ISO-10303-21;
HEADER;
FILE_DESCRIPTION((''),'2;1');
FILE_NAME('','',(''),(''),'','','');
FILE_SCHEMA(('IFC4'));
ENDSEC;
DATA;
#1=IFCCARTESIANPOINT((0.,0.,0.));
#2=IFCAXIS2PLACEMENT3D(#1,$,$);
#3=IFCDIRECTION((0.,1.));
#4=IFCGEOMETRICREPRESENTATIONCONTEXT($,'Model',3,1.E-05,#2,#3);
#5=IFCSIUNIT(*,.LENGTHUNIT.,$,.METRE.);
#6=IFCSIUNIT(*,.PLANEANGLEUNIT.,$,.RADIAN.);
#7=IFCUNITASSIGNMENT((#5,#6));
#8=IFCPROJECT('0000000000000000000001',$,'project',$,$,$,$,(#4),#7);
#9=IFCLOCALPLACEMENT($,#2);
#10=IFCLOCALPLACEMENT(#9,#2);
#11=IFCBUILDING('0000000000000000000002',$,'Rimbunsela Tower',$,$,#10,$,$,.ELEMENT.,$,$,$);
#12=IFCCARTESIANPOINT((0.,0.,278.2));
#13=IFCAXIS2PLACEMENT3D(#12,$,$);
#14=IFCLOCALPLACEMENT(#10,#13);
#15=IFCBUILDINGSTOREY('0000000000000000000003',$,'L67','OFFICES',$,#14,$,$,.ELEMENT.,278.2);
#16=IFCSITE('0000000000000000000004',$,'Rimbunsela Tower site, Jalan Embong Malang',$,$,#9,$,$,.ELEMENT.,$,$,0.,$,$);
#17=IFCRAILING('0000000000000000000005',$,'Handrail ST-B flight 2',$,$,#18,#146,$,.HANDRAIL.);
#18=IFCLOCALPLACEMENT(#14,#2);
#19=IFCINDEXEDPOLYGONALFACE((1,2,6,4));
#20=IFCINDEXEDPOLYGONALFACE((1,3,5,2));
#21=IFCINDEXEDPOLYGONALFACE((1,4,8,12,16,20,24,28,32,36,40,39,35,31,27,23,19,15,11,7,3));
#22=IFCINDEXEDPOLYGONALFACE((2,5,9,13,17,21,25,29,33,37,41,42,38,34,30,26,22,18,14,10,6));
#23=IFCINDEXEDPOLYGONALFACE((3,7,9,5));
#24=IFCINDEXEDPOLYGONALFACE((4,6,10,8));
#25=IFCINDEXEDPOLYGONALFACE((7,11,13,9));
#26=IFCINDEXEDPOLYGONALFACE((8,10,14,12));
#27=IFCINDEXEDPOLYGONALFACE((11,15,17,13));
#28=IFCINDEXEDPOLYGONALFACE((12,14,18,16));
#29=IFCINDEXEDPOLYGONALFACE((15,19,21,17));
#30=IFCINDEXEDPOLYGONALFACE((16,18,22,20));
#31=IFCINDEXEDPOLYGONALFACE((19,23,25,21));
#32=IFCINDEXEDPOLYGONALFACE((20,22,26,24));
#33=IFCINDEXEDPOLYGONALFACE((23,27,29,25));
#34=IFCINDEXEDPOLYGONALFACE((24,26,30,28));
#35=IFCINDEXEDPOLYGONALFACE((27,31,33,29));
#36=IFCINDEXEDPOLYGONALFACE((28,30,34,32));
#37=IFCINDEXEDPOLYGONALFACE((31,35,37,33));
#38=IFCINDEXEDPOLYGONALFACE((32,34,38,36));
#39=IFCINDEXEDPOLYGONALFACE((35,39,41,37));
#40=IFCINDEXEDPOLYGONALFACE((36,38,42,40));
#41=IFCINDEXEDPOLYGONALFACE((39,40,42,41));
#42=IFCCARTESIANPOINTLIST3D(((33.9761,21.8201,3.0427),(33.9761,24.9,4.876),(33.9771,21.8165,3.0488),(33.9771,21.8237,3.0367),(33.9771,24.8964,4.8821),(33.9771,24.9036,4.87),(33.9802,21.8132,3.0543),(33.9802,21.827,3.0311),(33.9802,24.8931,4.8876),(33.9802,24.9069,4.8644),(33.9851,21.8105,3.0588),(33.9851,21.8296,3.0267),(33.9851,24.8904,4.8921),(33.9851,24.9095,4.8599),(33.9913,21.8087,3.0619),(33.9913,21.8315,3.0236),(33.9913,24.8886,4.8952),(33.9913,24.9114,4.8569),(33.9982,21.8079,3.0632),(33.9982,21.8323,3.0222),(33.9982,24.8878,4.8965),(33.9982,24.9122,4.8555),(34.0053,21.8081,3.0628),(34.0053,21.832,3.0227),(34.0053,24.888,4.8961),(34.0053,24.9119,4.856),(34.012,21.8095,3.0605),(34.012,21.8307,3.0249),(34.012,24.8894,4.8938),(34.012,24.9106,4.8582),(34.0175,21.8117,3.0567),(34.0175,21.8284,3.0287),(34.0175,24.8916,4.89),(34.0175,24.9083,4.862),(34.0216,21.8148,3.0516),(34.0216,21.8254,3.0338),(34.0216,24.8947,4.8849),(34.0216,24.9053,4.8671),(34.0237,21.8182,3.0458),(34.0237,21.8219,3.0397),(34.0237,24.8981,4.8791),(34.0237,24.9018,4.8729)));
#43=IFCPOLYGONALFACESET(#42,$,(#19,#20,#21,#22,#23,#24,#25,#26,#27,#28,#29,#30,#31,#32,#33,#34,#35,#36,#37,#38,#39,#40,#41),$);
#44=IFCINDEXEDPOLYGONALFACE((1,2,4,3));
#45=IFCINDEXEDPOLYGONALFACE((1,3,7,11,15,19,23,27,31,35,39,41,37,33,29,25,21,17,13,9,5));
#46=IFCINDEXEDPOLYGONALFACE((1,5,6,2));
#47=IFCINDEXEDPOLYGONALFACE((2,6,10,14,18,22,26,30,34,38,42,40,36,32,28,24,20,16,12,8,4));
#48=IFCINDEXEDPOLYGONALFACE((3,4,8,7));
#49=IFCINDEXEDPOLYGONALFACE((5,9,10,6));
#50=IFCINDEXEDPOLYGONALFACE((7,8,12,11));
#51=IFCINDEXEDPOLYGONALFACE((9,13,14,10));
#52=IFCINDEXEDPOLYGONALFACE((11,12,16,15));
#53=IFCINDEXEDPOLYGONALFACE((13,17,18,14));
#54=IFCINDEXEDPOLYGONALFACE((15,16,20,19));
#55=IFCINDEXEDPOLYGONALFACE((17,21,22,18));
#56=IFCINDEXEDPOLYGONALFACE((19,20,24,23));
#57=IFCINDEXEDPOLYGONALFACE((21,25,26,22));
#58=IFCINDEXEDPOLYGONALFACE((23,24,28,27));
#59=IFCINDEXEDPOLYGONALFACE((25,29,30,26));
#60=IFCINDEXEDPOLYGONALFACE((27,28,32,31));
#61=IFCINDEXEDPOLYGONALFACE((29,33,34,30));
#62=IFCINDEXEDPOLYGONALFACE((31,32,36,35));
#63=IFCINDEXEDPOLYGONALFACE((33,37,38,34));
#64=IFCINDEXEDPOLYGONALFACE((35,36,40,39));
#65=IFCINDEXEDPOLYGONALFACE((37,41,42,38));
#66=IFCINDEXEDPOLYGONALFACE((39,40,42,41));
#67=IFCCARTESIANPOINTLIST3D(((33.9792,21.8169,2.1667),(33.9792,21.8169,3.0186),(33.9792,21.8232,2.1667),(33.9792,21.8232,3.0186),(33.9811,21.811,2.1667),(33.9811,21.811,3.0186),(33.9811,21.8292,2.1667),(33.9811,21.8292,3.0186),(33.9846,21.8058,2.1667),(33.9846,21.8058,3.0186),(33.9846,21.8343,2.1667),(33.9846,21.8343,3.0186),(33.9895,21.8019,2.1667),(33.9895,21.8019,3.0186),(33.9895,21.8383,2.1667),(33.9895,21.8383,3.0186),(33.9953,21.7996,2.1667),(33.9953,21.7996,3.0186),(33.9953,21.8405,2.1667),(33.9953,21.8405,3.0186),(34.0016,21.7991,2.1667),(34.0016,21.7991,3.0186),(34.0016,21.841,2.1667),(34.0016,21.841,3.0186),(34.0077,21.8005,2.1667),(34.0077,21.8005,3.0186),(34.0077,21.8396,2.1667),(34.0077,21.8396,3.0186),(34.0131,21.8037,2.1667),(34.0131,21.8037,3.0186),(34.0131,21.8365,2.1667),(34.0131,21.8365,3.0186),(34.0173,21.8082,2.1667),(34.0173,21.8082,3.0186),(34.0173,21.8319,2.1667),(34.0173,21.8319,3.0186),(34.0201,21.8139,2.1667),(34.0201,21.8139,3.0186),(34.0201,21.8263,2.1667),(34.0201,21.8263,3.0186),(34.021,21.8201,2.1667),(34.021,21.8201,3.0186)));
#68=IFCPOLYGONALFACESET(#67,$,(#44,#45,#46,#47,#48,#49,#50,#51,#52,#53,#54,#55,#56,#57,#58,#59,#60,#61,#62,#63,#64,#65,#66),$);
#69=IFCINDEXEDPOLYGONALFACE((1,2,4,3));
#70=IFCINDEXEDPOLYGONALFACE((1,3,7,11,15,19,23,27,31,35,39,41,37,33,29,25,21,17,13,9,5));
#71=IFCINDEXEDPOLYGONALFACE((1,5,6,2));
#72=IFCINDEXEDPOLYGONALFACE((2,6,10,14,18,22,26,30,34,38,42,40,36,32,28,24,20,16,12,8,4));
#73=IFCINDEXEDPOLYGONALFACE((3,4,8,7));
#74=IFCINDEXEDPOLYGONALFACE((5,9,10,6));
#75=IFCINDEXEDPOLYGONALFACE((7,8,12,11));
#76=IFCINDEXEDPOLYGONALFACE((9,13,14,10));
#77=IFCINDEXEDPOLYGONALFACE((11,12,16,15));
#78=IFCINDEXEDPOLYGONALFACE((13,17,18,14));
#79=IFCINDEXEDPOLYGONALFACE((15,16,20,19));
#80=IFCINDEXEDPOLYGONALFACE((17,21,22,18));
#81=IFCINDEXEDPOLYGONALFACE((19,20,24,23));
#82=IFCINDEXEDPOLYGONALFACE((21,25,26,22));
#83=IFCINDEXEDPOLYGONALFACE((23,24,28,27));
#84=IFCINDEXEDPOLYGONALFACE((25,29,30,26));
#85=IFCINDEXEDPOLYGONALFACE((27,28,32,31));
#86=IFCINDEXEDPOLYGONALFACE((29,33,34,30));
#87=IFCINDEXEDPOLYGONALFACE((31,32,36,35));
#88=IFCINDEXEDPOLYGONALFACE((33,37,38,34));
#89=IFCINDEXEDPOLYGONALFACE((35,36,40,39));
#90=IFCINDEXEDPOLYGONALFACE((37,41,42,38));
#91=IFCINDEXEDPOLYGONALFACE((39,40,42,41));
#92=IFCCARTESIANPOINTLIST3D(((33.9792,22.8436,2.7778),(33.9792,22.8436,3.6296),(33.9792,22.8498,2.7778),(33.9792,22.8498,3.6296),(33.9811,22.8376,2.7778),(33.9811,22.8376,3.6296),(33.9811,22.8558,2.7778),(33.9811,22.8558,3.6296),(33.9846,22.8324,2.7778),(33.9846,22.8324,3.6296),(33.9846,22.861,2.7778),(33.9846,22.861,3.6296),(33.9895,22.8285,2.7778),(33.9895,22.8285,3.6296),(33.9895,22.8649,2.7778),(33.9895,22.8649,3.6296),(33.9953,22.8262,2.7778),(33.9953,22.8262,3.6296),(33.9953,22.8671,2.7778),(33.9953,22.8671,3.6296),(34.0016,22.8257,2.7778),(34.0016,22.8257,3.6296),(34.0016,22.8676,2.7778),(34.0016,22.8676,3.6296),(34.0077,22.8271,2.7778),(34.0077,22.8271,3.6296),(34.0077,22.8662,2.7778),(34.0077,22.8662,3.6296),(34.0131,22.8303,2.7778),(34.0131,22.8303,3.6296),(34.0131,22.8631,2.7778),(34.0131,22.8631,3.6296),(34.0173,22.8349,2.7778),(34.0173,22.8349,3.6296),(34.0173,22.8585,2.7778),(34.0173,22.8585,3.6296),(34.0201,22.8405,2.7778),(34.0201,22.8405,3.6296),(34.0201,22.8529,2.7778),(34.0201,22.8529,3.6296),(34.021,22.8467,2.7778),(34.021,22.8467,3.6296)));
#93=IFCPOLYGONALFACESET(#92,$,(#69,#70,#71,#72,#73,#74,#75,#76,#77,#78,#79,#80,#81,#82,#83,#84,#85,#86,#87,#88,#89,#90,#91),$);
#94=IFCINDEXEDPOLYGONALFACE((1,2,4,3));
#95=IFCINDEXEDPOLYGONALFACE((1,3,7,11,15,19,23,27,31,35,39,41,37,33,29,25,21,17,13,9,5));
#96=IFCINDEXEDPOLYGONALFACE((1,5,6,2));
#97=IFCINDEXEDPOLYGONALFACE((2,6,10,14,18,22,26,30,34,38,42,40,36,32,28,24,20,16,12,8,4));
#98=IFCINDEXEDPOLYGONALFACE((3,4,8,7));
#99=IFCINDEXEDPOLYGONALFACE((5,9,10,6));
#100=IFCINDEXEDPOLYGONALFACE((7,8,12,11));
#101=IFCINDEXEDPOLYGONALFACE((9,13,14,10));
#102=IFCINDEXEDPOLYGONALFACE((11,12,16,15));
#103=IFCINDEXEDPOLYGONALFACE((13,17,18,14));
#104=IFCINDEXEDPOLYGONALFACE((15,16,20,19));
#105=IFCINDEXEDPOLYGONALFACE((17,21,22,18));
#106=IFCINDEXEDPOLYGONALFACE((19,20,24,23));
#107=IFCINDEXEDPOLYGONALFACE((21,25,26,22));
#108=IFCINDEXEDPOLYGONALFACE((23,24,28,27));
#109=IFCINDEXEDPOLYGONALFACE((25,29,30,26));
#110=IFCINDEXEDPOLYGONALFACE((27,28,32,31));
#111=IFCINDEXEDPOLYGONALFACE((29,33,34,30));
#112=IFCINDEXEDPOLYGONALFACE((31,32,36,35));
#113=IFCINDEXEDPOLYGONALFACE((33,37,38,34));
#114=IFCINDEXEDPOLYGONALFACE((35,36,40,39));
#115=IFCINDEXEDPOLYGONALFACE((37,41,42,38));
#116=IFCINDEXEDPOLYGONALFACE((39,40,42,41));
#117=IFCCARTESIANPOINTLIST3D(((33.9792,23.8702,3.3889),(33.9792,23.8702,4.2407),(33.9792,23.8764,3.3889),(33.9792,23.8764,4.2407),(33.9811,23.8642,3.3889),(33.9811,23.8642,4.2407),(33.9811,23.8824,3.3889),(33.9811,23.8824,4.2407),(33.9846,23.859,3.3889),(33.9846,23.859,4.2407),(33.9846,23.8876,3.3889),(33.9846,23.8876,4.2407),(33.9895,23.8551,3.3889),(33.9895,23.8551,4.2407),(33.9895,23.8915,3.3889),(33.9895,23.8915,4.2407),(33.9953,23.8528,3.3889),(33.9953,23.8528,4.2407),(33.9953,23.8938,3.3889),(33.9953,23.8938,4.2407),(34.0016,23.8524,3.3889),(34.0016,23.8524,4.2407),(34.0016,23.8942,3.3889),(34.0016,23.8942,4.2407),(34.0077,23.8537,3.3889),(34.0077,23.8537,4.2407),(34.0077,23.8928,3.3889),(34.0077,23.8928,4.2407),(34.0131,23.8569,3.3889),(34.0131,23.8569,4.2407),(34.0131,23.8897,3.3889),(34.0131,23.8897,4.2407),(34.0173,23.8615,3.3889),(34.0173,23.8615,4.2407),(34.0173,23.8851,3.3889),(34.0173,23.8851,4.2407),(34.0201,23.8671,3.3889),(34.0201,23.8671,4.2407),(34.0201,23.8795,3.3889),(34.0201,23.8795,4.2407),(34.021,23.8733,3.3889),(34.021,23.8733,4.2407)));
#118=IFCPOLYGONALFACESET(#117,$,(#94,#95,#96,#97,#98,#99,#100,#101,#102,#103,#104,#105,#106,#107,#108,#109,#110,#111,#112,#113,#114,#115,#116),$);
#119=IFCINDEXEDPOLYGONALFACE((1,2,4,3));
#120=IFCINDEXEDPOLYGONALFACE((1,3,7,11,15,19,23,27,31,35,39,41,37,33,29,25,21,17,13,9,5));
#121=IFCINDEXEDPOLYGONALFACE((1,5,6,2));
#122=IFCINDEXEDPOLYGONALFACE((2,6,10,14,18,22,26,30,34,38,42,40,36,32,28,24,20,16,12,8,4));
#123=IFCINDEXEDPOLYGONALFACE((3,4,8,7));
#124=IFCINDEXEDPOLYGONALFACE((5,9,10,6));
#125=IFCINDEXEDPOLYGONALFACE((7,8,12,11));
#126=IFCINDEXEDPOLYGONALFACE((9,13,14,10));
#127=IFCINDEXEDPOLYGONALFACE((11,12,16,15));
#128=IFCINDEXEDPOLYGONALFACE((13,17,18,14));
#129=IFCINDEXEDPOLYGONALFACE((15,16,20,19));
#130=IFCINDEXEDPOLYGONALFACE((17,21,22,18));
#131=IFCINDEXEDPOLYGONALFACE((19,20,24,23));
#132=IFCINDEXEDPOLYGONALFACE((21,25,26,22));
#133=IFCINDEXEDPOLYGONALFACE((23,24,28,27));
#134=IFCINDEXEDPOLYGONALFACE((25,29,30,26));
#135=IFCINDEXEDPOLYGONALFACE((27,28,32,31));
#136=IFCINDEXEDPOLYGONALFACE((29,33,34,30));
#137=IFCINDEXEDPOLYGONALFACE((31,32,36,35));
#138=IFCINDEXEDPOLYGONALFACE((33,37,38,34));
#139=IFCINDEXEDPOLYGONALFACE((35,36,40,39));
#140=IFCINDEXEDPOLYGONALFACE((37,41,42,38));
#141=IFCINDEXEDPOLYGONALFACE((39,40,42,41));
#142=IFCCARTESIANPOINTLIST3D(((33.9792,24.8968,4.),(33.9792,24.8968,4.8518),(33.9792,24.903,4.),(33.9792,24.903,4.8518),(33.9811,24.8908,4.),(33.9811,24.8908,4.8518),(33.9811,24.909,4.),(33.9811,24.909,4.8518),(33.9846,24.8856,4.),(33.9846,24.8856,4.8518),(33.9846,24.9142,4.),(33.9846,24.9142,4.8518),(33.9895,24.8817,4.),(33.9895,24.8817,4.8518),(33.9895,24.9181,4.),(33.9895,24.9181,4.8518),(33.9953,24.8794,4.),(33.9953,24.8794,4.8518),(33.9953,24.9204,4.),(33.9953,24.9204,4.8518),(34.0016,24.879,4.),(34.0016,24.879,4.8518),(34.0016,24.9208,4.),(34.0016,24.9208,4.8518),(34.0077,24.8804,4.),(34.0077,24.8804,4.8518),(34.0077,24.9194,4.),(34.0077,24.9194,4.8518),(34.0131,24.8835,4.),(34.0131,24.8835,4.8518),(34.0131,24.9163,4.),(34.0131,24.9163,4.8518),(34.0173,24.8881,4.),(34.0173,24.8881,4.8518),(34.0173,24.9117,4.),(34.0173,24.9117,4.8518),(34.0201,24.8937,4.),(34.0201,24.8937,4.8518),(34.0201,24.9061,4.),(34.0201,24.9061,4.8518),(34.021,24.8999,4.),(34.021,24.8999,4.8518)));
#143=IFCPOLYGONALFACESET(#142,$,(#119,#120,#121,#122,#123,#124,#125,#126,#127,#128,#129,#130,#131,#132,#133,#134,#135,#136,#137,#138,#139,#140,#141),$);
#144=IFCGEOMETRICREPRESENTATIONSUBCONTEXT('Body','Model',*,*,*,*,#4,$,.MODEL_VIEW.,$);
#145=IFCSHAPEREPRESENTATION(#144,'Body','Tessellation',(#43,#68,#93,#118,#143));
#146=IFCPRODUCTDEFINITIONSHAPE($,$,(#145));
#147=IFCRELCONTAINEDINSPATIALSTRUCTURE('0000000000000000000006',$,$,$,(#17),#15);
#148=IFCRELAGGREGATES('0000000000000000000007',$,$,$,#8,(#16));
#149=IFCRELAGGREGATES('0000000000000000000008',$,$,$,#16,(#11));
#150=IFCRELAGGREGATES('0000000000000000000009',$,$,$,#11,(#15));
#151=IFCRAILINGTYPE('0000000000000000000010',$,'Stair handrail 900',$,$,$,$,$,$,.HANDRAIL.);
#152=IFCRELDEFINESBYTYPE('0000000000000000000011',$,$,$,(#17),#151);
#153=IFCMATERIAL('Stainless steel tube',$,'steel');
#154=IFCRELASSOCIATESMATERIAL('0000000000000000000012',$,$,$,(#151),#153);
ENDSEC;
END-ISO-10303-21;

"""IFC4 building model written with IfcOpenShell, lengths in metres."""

from ifc_helpers import new_model, si_unit, direction, frame, origin, origin_2d, place, context, subcontext, project, spatial, circle, extrude, material, type_object, element, save


model = new_model("IFC4")

# Units and contexts
model_context = context("Model", 3, precision=1e-05, world=origin(), true_north=direction((0.0, 1.0)))
body_context = subcontext(model_context, "Body", "Model", "MODEL_VIEW")
ifc_project = project(units=[si_unit("LENGTHUNIT", "METRE"), si_unit("PLANEANGLEUNIT", "RADIAN")], contexts=[model_context])

# Site, building, storey
site_placement = place(None, origin())
site = spatial("IfcSite", under=ifc_project, at=site_placement, Name="Rimbunsela Tower site, Jalan Embong Malang", CompositionType="ELEMENT", RefElevation=0.0)
building_placement = place(site_placement, origin())
building = spatial("IfcBuilding", under=site, at=building_placement, Name="Rimbunsela Tower", CompositionType="ELEMENT")
storey_placement = place(building_placement, frame((0.0, 0.0, 278.2)))
storey = spatial("IfcBuildingStorey", under=building, at=storey_placement, Name="L67", Description="OFFICES", CompositionType="ELEMENT", Elevation=278.2)

# Railing
ifc_material_1 = material(Name="Stainless steel tube", Category="steel")
railing_type = type_object("IfcRailingType", Name="Stair handrail 900", PredefinedType="HANDRAIL", material=ifc_material_1)
for number, where, name in (
    (1, (34.0, 21.8201, 2.1667), "Handrail ST-B flight 2"),
):
    element("IfcRailing", number, at=place(storey_placement, frame(where)), inside=storey, type_object=railing_type, Name=name, PredefinedType="HANDRAIL", context=body_context, shape_type="SweptSolid", body=[
        extrude(circle(Radius=0.0239, at=origin_2d()), frame((0.0, 0.0, 0.876), z_axis=(0.0, 0.859291, 0.511487), x_axis=(-1.0, 0.0, 0.0)), (0.0, 0.0, 1.0), 3.5842),
        extrude(circle(Radius=0.021, at=origin_2d()), origin(), (0.0, 0.0, 1.0), 0.8518),
        extrude(circle(Radius=0.021, at=origin_2d()), frame((0.0, 1.0266, 0.6111)), (0.0, 0.0, 1.0), 0.8518),
        extrude(circle(Radius=0.021, at=origin_2d()), frame((0.0, 2.0532, 1.2222)), (0.0, 0.0, 1.0), 0.8518),
        extrude(circle(Radius=0.021, at=origin_2d()), frame((0.0, 3.0798, 1.8333)), (0.0, 0.0, 1.0), 0.8518),
    ])

save(model, "model.ifc")
